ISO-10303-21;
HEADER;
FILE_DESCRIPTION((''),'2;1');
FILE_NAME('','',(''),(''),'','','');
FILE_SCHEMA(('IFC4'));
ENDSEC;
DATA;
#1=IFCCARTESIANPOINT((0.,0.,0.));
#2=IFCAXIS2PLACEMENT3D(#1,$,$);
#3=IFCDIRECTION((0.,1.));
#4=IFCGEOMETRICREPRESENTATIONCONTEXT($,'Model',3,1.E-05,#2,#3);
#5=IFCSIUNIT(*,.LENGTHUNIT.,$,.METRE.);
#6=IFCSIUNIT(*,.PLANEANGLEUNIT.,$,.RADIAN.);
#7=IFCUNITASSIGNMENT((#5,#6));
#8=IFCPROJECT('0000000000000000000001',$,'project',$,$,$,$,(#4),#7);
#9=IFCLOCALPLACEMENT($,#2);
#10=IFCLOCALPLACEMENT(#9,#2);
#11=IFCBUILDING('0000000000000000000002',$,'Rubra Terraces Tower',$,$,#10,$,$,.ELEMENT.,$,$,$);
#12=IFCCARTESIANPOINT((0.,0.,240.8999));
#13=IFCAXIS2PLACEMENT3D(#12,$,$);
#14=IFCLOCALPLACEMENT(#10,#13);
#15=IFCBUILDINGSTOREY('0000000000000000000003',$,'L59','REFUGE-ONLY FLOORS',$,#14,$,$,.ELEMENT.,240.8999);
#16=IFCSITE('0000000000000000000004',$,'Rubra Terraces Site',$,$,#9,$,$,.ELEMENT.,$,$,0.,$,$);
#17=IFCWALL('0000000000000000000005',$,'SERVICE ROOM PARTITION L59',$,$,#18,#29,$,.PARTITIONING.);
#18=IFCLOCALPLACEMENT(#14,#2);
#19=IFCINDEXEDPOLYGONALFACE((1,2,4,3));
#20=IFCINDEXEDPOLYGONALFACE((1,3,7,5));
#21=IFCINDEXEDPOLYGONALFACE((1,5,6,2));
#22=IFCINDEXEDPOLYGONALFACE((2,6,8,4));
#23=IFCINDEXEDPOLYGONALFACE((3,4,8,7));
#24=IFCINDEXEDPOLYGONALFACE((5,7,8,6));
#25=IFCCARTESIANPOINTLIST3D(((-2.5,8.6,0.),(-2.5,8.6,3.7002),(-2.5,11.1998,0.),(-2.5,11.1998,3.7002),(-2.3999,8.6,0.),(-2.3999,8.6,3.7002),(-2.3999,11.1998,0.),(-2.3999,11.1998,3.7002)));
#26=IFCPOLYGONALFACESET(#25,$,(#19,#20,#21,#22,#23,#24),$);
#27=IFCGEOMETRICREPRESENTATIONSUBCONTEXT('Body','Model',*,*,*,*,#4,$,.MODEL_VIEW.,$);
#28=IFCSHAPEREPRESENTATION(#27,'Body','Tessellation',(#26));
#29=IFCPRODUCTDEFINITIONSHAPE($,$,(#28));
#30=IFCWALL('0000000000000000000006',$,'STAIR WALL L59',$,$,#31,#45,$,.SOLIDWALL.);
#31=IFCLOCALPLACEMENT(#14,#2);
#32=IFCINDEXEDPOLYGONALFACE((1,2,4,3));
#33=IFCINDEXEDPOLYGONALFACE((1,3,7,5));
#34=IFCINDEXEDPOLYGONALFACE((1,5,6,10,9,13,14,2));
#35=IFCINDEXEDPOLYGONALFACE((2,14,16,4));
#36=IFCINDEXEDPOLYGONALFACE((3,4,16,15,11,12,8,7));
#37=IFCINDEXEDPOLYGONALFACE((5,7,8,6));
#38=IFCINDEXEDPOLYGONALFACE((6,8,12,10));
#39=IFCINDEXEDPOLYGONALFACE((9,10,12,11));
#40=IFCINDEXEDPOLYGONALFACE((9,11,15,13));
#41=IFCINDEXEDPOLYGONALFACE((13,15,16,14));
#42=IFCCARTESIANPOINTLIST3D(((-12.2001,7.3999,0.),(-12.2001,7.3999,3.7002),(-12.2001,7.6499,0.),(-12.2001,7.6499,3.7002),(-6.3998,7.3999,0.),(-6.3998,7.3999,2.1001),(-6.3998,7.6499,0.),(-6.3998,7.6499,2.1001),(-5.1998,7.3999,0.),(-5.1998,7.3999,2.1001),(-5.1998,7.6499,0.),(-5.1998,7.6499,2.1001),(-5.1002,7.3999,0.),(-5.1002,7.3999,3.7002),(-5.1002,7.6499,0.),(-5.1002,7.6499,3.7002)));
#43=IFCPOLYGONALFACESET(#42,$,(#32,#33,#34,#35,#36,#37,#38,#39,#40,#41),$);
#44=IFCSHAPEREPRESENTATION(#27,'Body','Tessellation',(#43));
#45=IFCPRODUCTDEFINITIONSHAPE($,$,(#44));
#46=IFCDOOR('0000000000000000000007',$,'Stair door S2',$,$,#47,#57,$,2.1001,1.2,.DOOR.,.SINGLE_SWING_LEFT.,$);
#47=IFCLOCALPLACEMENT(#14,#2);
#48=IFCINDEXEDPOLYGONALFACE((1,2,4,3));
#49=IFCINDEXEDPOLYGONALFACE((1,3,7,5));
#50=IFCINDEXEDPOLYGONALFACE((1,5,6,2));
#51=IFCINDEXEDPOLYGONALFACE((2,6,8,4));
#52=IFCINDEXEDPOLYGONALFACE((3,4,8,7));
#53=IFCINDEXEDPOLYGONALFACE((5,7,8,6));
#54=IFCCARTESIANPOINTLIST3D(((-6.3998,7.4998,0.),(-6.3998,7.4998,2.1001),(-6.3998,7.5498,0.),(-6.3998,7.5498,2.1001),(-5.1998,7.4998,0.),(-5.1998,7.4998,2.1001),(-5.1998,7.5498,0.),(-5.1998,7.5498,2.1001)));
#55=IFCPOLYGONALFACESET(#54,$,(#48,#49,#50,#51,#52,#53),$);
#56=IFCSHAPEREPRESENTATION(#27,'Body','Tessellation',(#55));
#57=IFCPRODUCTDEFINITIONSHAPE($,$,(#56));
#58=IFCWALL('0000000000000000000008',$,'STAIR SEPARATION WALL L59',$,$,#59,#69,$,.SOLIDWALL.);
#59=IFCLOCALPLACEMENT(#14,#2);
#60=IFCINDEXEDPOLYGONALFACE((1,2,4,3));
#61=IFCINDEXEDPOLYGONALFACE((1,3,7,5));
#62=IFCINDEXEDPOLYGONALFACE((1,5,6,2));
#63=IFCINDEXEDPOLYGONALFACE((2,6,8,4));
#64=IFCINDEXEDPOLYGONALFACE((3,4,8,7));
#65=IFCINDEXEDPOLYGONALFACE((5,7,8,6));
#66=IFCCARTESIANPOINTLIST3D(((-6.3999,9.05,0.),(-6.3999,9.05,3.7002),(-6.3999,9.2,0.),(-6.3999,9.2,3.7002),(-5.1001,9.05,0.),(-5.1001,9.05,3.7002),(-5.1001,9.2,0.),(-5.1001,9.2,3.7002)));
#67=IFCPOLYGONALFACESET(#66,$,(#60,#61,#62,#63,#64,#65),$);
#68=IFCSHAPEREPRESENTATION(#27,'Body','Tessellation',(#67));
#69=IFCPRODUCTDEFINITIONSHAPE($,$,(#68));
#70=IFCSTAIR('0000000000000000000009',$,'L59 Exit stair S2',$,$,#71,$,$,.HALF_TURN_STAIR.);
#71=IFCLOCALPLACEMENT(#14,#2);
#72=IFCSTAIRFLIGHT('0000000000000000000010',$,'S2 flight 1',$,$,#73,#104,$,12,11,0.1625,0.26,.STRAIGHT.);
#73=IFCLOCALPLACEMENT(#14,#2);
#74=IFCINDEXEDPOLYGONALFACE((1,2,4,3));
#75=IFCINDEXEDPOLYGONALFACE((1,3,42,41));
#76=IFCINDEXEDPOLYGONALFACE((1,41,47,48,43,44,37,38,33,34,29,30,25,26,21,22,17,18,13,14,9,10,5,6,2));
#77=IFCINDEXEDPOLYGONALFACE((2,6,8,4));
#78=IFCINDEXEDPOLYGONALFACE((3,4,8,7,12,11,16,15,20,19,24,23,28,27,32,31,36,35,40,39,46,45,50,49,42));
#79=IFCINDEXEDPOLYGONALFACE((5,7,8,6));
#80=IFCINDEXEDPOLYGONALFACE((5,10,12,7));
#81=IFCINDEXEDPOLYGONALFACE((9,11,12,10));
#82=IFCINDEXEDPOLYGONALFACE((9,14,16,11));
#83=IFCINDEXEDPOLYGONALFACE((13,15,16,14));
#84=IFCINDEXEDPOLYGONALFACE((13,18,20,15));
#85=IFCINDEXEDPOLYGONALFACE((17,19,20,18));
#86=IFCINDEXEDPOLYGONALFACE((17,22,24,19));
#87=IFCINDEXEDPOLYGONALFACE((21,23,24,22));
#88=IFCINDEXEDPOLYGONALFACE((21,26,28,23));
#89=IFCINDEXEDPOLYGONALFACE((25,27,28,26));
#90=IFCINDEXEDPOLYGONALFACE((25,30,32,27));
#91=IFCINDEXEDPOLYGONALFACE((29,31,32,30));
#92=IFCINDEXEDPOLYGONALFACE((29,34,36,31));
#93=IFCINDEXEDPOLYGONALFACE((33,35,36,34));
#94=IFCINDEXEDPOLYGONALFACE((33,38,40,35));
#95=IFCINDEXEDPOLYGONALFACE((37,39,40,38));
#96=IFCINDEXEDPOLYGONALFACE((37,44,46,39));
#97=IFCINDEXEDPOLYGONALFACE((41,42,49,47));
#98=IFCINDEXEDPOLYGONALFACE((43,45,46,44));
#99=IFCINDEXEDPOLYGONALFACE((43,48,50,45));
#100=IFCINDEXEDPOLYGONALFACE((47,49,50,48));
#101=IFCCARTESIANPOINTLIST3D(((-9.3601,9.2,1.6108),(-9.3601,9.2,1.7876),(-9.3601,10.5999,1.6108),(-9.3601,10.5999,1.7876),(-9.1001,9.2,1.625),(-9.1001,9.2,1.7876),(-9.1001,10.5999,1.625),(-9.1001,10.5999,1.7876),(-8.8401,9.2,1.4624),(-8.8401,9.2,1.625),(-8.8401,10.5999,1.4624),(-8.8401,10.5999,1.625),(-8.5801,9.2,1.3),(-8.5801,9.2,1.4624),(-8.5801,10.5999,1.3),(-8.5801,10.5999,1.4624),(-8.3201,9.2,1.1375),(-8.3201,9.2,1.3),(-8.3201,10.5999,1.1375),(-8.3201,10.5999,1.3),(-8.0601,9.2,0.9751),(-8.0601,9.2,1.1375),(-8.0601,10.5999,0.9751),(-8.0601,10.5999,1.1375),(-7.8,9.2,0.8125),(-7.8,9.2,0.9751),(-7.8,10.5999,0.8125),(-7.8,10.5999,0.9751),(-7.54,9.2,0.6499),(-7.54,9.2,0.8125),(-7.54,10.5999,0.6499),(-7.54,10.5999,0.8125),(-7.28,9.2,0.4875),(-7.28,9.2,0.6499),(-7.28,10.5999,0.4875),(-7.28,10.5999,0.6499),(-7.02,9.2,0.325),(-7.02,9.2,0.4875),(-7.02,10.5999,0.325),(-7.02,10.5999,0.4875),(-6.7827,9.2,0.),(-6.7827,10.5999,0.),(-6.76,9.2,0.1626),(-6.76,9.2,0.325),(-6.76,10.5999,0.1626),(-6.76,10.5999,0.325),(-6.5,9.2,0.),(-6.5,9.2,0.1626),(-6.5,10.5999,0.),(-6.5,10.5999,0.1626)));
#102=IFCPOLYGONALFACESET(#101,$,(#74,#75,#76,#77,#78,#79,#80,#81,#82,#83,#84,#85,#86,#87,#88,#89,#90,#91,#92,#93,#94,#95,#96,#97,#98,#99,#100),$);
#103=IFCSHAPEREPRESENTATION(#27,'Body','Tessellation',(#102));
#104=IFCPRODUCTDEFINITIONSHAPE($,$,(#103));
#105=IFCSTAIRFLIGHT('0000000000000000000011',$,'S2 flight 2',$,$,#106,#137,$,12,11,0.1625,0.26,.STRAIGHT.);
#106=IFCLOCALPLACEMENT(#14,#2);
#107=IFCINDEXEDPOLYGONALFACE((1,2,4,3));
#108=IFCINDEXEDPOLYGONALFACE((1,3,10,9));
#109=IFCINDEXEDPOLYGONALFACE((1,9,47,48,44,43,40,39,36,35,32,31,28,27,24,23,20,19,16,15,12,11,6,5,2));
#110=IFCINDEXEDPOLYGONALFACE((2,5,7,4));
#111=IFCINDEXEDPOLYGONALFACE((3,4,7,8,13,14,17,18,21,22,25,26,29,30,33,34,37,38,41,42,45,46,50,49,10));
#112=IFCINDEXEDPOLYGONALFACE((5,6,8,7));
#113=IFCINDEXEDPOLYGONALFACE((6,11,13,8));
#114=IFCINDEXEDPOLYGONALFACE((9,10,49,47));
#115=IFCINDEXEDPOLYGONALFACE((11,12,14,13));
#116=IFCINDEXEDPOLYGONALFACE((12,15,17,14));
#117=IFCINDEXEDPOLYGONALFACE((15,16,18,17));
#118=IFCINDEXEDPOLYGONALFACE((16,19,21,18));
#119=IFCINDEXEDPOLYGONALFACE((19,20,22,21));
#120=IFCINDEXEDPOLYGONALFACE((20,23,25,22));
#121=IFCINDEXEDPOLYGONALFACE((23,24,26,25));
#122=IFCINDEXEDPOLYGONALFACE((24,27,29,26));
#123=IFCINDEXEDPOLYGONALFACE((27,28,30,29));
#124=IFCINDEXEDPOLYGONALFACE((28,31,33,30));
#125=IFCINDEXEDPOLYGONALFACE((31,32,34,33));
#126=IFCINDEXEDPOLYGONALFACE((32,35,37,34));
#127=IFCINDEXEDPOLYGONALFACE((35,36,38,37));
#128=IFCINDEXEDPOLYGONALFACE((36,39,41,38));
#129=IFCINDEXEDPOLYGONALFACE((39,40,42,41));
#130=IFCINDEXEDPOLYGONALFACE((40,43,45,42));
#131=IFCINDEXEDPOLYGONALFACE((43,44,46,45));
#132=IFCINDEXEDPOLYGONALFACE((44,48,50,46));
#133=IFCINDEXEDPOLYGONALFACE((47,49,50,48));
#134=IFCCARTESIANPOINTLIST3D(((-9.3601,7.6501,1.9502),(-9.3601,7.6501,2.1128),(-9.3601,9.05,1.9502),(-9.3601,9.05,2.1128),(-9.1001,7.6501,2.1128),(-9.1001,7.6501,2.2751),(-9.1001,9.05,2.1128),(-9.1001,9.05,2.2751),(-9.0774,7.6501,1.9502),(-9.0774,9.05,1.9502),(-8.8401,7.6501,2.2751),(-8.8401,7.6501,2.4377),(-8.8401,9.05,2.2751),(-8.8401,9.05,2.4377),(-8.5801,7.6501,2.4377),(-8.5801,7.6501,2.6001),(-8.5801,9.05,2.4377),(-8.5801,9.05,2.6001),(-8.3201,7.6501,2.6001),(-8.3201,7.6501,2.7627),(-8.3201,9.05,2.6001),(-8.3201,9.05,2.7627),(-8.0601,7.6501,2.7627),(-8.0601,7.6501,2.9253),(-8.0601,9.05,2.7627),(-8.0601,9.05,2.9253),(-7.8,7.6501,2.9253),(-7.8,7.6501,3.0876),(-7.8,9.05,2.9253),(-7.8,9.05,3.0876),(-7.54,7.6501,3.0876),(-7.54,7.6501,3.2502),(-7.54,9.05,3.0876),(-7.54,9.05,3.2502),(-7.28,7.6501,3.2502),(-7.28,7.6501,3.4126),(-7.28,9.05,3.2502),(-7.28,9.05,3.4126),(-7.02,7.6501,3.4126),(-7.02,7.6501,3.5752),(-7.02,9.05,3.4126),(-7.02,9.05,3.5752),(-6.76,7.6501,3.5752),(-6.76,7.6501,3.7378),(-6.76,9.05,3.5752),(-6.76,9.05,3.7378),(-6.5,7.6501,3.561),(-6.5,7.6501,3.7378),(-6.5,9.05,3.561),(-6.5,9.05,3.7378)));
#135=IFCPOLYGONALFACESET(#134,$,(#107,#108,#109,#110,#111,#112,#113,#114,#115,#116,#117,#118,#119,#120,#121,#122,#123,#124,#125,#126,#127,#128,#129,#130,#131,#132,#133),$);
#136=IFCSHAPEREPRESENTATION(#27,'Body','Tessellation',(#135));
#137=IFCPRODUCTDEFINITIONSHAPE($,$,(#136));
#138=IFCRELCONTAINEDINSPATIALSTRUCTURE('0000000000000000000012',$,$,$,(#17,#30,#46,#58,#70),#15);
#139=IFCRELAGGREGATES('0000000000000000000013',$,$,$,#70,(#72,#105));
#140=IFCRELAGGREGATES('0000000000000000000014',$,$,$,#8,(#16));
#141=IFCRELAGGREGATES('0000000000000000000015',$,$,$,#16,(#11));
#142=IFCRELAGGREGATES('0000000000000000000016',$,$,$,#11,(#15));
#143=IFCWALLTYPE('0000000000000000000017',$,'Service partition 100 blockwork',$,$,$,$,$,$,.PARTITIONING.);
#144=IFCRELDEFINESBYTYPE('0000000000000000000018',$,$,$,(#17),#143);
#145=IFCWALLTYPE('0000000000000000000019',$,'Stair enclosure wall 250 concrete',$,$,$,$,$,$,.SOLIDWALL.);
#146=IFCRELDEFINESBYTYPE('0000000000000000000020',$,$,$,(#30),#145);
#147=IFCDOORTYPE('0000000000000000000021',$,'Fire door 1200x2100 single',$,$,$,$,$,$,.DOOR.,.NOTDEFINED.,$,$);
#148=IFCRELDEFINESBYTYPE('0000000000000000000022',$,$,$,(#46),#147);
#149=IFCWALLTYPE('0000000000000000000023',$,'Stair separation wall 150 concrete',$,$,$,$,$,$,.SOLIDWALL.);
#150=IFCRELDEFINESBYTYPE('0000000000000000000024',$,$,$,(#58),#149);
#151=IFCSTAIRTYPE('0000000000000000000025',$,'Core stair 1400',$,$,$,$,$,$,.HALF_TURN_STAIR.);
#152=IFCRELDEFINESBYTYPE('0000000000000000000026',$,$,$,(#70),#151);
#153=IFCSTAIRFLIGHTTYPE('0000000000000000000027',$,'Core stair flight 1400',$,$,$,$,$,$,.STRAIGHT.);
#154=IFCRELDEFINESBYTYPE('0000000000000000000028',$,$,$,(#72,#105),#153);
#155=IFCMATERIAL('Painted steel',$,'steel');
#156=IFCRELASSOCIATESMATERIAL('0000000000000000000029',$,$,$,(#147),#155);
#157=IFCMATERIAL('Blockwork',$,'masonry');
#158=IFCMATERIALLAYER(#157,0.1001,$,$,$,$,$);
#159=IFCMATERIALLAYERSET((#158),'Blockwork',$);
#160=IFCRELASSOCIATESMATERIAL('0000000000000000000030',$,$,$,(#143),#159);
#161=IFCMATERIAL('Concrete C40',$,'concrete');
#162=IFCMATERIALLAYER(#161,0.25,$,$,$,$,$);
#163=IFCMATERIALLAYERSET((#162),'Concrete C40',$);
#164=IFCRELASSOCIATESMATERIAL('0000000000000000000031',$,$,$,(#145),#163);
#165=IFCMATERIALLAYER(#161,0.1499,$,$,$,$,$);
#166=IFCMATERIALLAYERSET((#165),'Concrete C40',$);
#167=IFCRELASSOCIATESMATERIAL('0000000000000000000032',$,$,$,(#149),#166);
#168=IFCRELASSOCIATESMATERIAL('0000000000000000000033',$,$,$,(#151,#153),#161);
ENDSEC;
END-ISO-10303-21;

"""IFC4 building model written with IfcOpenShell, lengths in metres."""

from ifc_helpers import new_model, si_unit, direction, frame, frame_2d, origin, place, context, subcontext, project, spatial, polyline, rectangle, outline, extrude, material, layer, layer_set, type_object, element, fill, aggregate, save


model = new_model("IFC4")

# Units and contexts
model_context = context("Model", 3, precision=1e-05, world=origin(), true_north=direction((0.0, 1.0)))
body_context = subcontext(model_context, "Body", "Model", "MODEL_VIEW")
ifc_project = project(units=[si_unit("LENGTHUNIT", "METRE"), si_unit("PLANEANGLEUNIT", "RADIAN")], contexts=[model_context])

# Site, building, storey
site_placement = place(None, origin())
site = spatial("IfcSite", under=ifc_project, at=site_placement, Name="Rubra Terraces Site", CompositionType="ELEMENT", RefElevation=0.0)
building_placement = place(site_placement, origin())
building = spatial("IfcBuilding", under=site, at=building_placement, Name="Rubra Terraces Tower", CompositionType="ELEMENT")
storey_placement = place(building_placement, frame((0.0, 0.0, 240.8999)))
storey = spatial("IfcBuildingStorey", under=building, at=storey_placement, Name="L59", Description="REFUGE-ONLY FLOORS", CompositionType="ELEMENT", Elevation=240.8999)

# Shared definitions
ifc_material_1 = material(Name="Concrete C40", Category="concrete")

# Shared definitions
ifc_material_2 = material(Name="Painted steel", Category="steel")
door_type_1 = type_object("IfcDoorType", Name="Fire door 1200x2100 single", OperationType="NOTDEFINED", PredefinedType="DOOR", material=ifc_material_2)

# Wall
ifc_material_3 = material(Name="Blockwork", Category="masonry")
ifc_layer_1 = layer(ifc_material_3, 0.1001)
ifc_layer_set_1 = layer_set([ifc_layer_1], Name="Blockwork")
wall_type_1 = type_object("IfcWallType", Name="Service partition 100 blockwork", PredefinedType="PARTITIONING", material=ifc_layer_set_1)
wall_1_placement = place(storey_placement, frame((-2.45, 8.6001, 0.0), z_axis=(0.0, 0.0, 1.0), x_axis=(0.0, 1.0, 0.0)))
element("IfcWall", 1, at=wall_1_placement, inside=storey, type_object=wall_type_1, Name="SERVICE ROOM PARTITION L59", PredefinedType="PARTITIONING", context=body_context, shape_type="SweptSolid", body=[
    extrude(rectangle(XDim=2.5999, YDim=0.1001, at=frame_2d((1.2998, 0.0))), origin(), (0.0, 0.0, 1.0), 3.7002),
])

# Wall, opening, door
ifc_layer_2 = layer(ifc_material_1, 0.25)
ifc_layer_set_2 = layer_set([ifc_layer_2], Name="Concrete C40")
wall_type_2 = type_object("IfcWallType", Name="Stair enclosure wall 250 concrete", PredefinedType="SOLIDWALL", material=ifc_layer_set_2)
wall_2_placement = place(storey_placement, frame((-12.2, 7.5249, 0.0), z_axis=(0.0, 0.0, 1.0), x_axis=(1.0, 0.0, 0.0)))
wall_2 = element("IfcWall", 2, at=wall_2_placement, inside=storey, type_object=wall_type_2, Name="STAIR WALL L59", PredefinedType="SOLIDWALL", context=body_context, shape_type="SweptSolid", body=[
    extrude(rectangle(XDim=7.0999, YDim=0.25, at=frame_2d((3.5498, 0.0))), origin(), (0.0, 0.0, 1.0), 3.7002),
])
opening_1_placement = place(wall_2_placement, frame((5.8, 0.0, 0.0)))
opening_1 = element("IfcOpeningElement", 3, at=opening_1_placement, cuts=wall_2, PredefinedType="OPENING", context=body_context, shape_type="SweptSolid", body=[
    extrude(rectangle(XDim=1.2, YDim=2.1001, at=frame_2d((0.6001, 1.05))), frame((0.0, 0.135, 0.0), z_axis=(0.0, -1.0, 0.0), x_axis=(1.0, 0.0, 0.0)), (0.0, 0.0, 1.0), 0.27),
])
door_1_placement = place(opening_1_placement, origin())
door_1 = element("IfcDoor", 4, at=door_1_placement, inside=storey, type_object=door_type_1, Name="Stair door S2", OperationType="SINGLE_SWING_LEFT", OverallHeight=2.1001, OverallWidth=1.2, PredefinedType="DOOR", context=body_context, shape_type="SweptSolid", body=[
    extrude(rectangle(XDim=1.2, YDim=2.1001, at=frame_2d((0.6001, 1.05))), frame((0.0, 0.0249, 0.0), z_axis=(0.0, -1.0, 0.0), x_axis=(1.0, 0.0, 0.0)), (0.0, 0.0, 1.0), 0.05),
])
fill(opening_1, door_1)

# Wall
ifc_layer_3 = layer(ifc_material_1, 0.1499)
ifc_layer_set_3 = layer_set([ifc_layer_3], Name="Concrete C40")
wall_type_3 = type_object("IfcWallType", Name="Stair separation wall 150 concrete", PredefinedType="SOLIDWALL", material=ifc_layer_set_3)
wall_3_placement = place(storey_placement, frame((-6.3999, 9.125, 0.0), z_axis=(0.0, 0.0, 1.0), x_axis=(1.0, 0.0, 0.0)))
element("IfcWall", 5, at=wall_3_placement, inside=storey, type_object=wall_type_3, Name="STAIR SEPARATION WALL L59", PredefinedType="SOLIDWALL", context=body_context, shape_type="SweptSolid", body=[
    extrude(rectangle(XDim=1.2998, YDim=0.1499, at=frame_2d((0.6499, 0.0))), origin(), (0.0, 0.0, 1.0), 3.7002),
])

# Stair, stair flights
stair_type = type_object("IfcStairType", Name="Core stair 1400", PredefinedType="HALF_TURN_STAIR", material=ifc_material_1)
stair_placement = place(storey_placement, origin())
stair = element("IfcStair", 6, at=stair_placement, inside=storey, type_object=stair_type, Name="L59 Exit stair S2", PredefinedType="HALF_TURN_STAIR")
stair_flight_type = type_object("IfcStairFlightType", Name="Core stair flight 1400", PredefinedType="STRAIGHT", material=ifc_material_1)
stair_flight_1_placement = place(storey_placement, frame((-6.5, 9.8999, 0.0), z_axis=(0.0, 0.0, 1.0), x_axis=(-1.0, 0.0, 0.0)))
stair_flight_1 = element("IfcStairFlight", 7, at=stair_flight_1_placement, type_object=stair_flight_type, Name="S2 flight 1", NumberOfRisers=12, NumberOfTreads=11, PredefinedType="STRAIGHT", RiserHeight=0.1625, TreadLength=0.26, context=body_context, shape_type="SweptSolid", body=[
    extrude(outline(polyline([(0.0, 0.0), (0.0, 0.1626), (0.26, 0.1626), (0.26, 0.325), (0.52, 0.325), (0.52, 0.4875), (0.78, 0.4875), (0.78, 0.6499), (1.04, 0.6499), (1.04, 0.8125), (1.3, 0.8125), (1.3, 0.9751), (1.5601, 0.9751), (1.5601, 1.1375), (1.8201, 1.1375), (1.8201, 1.3), (2.0801, 1.3), (2.0801, 1.4624), (2.3401, 1.4624), (2.3401, 1.625), (2.6001, 1.625), (2.6001, 1.7876), (2.8601, 1.7876), (2.8601, 1.95), (2.8601, 1.6108), (0.2827, 0.0), (0.0, 0.0)])), frame((0.0, 0.7, 0.0), z_axis=(0.0, -1.0, 0.0), x_axis=(1.0, 0.0, 0.0)), (0.0, 0.0, 1.0), 1.3999),
])
stair_flight_2_placement = place(storey_placement, frame((-9.3601, 8.3501, 1.9502), z_axis=(0.0, 0.0, 1.0), x_axis=(1.0, 0.0, 0.0)))
stair_flight_2 = element("IfcStairFlight", 8, at=stair_flight_2_placement, type_object=stair_flight_type, Name="S2 flight 2", NumberOfRisers=12, NumberOfTreads=11, PredefinedType="STRAIGHT", RiserHeight=0.1625, TreadLength=0.26, context=body_context, shape_type="SweptSolid", body=[
    extrude(outline(polyline([(0.0, 0.0), (0.0, 0.1626), (0.26, 0.1626), (0.26, 0.325), (0.52, 0.325), (0.52, 0.4875), (0.78, 0.4875), (0.78, 0.6499), (1.04, 0.6499), (1.04, 0.8125), (1.3, 0.8125), (1.3, 0.9751), (1.5601, 0.9751), (1.5601, 1.1375), (1.8201, 1.1375), (1.8201, 1.3), (2.0801, 1.3), (2.0801, 1.4624), (2.3401, 1.4624), (2.3401, 1.625), (2.6001, 1.625), (2.6001, 1.7876), (2.8601, 1.7876), (2.8601, 1.95), (2.8601, 1.6108), (0.2827, 0.0), (0.0, 0.0)])), frame((0.0, 0.7, 0.0), z_axis=(0.0, -1.0, 0.0), x_axis=(1.0, 0.0, 0.0)), (0.0, 0.0, 1.0), 1.3999),
])
aggregate(stair, [stair_flight_1, stair_flight_2])

save(model, "model.ifc")
